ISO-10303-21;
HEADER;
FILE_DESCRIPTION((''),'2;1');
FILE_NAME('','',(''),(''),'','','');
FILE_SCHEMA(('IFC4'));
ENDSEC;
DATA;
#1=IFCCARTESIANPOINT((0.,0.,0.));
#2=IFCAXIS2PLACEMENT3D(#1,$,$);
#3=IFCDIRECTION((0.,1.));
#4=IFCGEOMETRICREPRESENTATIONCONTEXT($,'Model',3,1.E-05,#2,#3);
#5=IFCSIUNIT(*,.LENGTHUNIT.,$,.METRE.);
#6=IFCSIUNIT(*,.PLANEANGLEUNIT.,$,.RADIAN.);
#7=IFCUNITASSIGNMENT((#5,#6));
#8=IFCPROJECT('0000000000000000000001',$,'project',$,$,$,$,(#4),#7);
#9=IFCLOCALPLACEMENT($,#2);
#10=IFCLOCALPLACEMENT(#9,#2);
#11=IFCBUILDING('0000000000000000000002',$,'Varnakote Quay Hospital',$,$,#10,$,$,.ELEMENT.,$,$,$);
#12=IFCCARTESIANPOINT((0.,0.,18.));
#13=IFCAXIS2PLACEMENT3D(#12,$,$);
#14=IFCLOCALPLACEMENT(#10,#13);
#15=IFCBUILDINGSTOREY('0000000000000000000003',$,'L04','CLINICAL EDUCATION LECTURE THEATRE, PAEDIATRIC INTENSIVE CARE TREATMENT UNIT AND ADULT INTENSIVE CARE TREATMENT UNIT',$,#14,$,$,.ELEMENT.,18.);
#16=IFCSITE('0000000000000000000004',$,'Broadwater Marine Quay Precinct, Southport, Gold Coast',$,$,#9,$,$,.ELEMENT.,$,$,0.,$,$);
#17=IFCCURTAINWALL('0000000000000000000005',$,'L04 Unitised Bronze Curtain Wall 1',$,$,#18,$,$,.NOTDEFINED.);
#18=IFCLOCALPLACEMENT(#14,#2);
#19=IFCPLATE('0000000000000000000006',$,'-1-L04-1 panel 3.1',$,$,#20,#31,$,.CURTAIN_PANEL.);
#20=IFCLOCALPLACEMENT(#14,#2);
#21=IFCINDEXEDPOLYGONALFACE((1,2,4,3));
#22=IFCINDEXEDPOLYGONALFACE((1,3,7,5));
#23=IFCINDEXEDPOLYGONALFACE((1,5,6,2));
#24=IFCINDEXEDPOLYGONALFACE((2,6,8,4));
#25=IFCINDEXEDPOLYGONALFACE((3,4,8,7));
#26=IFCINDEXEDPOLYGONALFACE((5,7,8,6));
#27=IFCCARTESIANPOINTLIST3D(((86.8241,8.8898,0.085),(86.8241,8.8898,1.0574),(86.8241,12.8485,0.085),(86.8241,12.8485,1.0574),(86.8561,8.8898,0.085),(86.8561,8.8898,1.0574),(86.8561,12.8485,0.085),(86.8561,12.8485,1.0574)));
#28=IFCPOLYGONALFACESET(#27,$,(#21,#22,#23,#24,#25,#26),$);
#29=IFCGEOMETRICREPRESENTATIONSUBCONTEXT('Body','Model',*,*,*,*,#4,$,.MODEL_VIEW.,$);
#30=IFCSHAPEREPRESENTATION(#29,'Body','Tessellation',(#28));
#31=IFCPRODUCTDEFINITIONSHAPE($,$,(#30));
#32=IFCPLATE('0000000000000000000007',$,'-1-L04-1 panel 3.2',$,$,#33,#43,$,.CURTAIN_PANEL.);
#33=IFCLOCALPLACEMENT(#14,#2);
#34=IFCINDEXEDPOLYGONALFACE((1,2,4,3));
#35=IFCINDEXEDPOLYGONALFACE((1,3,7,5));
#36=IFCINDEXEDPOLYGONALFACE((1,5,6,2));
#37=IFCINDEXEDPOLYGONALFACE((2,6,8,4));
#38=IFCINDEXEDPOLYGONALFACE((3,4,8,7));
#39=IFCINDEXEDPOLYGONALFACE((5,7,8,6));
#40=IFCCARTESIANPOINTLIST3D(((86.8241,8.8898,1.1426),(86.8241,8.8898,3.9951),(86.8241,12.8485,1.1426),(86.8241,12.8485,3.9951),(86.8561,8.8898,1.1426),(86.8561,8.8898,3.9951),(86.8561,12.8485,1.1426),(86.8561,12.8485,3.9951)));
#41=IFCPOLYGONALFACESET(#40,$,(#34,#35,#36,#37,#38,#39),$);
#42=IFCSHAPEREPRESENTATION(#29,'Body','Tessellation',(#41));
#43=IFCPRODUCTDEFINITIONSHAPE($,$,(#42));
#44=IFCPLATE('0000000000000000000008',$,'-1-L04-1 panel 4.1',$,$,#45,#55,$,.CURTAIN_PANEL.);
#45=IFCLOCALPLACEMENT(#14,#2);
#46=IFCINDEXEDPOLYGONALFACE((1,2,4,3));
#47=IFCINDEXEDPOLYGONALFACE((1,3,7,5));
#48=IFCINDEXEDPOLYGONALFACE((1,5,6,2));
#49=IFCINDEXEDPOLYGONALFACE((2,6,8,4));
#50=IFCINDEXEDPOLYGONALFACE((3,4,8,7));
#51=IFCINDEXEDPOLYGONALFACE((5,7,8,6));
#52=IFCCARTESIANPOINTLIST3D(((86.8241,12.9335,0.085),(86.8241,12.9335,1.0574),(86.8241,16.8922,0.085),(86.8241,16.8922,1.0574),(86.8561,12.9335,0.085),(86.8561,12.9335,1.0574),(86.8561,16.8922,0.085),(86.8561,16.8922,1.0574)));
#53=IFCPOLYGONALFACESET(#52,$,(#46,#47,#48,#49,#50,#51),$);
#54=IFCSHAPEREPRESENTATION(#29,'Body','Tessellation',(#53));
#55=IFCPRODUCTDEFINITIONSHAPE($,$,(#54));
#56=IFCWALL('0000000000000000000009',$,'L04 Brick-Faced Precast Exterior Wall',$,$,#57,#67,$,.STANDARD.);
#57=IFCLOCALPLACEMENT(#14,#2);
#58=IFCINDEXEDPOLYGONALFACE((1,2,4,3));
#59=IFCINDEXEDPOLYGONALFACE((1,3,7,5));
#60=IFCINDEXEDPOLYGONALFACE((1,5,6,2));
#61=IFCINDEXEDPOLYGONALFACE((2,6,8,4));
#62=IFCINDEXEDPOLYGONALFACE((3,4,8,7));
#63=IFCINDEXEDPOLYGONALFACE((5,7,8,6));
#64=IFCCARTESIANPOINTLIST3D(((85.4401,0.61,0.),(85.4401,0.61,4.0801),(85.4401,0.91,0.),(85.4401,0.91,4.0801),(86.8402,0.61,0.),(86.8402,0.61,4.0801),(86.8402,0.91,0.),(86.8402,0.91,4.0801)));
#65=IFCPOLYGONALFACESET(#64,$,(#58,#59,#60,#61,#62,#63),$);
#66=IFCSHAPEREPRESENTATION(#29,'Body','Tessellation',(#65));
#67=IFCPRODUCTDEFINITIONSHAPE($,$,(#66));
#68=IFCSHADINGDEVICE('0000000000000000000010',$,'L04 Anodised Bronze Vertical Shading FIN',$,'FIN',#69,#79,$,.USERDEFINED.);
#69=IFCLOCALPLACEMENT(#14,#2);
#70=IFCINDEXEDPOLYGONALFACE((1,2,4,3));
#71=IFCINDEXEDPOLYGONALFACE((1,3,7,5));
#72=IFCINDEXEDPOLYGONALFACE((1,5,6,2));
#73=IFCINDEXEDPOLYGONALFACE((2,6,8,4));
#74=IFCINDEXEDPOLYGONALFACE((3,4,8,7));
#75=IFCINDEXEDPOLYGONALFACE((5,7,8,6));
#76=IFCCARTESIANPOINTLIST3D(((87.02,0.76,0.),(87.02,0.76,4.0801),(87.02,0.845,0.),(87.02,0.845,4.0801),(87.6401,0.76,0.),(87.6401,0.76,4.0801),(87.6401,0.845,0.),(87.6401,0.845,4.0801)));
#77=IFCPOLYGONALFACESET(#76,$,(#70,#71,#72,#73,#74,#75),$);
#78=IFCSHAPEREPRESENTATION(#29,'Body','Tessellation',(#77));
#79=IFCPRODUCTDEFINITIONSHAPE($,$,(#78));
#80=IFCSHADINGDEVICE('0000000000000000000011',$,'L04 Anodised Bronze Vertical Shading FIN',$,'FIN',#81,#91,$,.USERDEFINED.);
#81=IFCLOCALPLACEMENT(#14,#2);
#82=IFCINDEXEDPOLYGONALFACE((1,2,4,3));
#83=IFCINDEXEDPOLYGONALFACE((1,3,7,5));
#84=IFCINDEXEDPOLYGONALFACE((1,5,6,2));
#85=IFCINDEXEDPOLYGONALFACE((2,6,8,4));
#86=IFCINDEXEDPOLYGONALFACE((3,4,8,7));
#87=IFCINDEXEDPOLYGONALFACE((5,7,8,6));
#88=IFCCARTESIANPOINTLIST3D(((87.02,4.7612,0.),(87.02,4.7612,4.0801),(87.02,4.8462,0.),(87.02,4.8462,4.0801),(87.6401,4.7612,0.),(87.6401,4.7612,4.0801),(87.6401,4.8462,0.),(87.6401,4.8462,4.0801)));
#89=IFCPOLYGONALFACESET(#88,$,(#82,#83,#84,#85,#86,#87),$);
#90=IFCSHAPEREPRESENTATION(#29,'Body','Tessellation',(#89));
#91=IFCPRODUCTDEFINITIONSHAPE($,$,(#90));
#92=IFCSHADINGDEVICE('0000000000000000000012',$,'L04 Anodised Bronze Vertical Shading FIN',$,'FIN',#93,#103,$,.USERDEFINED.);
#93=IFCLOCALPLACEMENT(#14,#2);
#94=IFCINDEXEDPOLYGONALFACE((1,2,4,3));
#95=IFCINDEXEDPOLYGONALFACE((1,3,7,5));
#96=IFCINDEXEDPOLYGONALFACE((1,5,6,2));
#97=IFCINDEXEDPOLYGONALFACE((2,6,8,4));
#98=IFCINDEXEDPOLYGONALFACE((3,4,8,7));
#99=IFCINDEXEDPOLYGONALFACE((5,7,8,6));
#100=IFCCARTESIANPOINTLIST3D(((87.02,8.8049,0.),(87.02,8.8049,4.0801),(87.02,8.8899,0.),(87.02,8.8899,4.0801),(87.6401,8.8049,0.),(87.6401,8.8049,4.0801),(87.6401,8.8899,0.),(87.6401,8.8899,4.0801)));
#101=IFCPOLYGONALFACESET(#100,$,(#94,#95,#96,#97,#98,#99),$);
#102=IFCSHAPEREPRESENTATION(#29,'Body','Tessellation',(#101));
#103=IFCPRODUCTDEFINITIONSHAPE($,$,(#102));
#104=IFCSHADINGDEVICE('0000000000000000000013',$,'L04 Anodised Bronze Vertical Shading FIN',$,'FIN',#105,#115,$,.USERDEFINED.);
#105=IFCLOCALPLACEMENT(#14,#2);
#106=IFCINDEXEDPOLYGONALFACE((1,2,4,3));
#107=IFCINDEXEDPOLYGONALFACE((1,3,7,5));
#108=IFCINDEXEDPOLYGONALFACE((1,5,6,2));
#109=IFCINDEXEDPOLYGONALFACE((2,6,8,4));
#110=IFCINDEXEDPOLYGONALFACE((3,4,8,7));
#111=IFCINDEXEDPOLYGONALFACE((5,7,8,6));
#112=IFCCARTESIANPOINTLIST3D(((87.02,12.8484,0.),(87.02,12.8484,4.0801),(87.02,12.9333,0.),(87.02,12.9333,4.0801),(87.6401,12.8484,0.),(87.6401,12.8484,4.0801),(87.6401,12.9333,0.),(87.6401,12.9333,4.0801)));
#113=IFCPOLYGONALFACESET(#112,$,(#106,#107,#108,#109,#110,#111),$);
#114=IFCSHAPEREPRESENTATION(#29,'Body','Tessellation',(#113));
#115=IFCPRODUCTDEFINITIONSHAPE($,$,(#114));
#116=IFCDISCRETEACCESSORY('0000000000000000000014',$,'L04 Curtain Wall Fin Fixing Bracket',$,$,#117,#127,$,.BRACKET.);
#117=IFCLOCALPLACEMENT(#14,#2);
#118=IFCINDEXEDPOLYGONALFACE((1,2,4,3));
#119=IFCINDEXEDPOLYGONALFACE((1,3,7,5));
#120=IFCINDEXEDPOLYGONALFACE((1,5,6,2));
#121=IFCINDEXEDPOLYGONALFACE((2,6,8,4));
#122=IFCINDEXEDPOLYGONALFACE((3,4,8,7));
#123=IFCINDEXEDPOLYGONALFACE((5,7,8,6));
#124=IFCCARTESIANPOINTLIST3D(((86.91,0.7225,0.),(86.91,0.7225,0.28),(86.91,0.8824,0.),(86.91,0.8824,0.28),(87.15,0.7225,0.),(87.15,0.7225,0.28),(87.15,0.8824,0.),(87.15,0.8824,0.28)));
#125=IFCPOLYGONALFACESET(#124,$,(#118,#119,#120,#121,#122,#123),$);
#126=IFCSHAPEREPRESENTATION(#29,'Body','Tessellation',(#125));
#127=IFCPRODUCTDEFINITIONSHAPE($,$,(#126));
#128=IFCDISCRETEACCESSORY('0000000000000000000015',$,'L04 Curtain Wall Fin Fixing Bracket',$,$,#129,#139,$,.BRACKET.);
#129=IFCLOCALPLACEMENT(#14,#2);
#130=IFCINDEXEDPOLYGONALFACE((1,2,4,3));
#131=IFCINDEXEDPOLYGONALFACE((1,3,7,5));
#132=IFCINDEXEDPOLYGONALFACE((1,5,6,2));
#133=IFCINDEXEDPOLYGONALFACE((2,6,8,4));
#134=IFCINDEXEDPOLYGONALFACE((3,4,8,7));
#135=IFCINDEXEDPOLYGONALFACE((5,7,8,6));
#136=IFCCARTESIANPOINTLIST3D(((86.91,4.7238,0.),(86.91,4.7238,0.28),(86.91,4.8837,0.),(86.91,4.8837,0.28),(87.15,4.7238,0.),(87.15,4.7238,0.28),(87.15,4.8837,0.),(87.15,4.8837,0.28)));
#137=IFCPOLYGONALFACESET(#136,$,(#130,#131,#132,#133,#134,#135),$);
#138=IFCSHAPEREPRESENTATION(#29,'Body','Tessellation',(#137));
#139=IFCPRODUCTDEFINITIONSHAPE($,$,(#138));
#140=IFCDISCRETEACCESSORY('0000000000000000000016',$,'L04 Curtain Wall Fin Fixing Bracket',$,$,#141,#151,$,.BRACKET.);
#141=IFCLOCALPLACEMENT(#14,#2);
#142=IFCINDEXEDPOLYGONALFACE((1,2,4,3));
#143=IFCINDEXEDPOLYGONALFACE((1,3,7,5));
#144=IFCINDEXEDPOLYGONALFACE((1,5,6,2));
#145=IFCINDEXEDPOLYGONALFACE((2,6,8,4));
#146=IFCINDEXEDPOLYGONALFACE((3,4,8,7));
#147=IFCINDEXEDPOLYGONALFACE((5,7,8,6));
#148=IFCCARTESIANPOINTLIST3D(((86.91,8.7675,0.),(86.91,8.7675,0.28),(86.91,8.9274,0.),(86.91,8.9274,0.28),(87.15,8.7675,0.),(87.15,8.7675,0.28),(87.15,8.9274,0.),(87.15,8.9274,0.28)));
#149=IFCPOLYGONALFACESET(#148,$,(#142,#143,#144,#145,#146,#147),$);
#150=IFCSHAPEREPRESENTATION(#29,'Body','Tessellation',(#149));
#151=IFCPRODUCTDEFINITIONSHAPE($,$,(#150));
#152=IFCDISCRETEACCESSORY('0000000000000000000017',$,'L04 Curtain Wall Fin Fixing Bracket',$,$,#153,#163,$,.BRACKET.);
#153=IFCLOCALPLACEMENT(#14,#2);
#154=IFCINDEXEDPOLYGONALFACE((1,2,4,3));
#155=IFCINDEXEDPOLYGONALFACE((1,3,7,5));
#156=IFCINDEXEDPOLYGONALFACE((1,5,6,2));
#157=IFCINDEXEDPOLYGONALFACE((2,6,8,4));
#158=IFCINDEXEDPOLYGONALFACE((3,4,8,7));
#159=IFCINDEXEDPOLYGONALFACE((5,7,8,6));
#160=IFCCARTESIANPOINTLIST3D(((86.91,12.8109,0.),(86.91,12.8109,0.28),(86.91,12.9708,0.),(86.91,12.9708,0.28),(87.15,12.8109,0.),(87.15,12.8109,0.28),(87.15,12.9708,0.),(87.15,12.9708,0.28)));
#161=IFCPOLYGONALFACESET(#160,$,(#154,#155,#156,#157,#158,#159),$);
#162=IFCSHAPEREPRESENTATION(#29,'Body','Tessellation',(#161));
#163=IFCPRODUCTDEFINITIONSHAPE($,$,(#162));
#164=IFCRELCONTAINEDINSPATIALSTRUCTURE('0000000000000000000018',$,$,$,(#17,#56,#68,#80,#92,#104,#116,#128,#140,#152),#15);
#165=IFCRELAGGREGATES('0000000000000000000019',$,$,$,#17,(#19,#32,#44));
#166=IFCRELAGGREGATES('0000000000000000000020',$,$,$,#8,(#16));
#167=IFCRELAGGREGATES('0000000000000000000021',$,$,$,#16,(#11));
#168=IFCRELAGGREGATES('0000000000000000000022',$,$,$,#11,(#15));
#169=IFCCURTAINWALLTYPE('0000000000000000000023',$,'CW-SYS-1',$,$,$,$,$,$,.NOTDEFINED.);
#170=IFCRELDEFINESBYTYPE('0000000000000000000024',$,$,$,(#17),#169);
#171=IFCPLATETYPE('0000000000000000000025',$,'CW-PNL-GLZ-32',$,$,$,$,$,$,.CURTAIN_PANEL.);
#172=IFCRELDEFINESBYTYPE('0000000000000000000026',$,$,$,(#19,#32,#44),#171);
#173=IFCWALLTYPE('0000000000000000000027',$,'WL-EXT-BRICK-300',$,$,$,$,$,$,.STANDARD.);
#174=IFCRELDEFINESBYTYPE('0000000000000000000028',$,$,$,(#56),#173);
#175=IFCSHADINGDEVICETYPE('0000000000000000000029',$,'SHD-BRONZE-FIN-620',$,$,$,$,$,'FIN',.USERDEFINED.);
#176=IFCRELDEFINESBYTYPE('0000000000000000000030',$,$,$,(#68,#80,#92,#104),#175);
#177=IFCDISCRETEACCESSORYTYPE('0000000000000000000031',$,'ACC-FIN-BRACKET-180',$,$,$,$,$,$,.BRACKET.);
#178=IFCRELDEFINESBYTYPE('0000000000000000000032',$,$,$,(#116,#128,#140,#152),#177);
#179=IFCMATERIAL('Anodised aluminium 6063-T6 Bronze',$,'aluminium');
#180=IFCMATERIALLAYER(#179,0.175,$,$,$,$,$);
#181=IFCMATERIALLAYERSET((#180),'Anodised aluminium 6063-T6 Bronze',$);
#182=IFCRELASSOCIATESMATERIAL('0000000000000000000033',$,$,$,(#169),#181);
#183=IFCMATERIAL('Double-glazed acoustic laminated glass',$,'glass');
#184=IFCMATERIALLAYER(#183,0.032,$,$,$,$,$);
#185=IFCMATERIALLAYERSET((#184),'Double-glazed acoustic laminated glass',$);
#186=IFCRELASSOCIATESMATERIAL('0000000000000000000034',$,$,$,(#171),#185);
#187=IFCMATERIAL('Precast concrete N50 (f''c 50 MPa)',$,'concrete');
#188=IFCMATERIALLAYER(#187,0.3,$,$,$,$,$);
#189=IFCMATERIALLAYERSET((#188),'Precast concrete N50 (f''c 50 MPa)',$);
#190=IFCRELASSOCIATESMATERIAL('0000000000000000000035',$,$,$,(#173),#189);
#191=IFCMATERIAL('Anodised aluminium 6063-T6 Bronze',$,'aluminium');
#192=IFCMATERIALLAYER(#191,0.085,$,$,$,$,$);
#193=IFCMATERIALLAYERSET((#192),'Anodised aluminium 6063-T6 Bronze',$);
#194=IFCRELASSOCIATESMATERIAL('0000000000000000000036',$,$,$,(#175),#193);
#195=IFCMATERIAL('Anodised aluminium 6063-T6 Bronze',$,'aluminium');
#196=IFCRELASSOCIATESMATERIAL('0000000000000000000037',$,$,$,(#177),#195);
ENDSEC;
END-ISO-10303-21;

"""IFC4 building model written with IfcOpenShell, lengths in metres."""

from ifc_helpers import new_model, si_unit, direction, frame, frame_2d, origin, origin_2d, place, context, subcontext, project, spatial, rectangle, extrude, material, layer, layer_set, type_object, element, aggregate, save


model = new_model("IFC4")

# Units and contexts
model_context = context("Model", 3, precision=1e-05, world=origin(), true_north=direction((0.0, 1.0)))
body_context = subcontext(model_context, "Body", "Model", "MODEL_VIEW")
ifc_project = project(units=[si_unit("LENGTHUNIT", "METRE"), si_unit("PLANEANGLEUNIT", "RADIAN")], contexts=[model_context])

# Site, building, storey
site_placement = place(None, origin())
site = spatial("IfcSite", under=ifc_project, at=site_placement, Name="Broadwater Marine Quay Precinct, Southport, Gold Coast", CompositionType="ELEMENT", RefElevation=0.0)
building_placement = place(site_placement, origin())
building = spatial("IfcBuilding", under=site, at=building_placement, Name="Varnakote Quay Hospital", CompositionType="ELEMENT")
storey_placement = place(building_placement, frame((0.0, 0.0, 18.0)))
storey = spatial("IfcBuildingStorey", under=building, at=storey_placement, Name="L04", Description="CLINICAL EDUCATION LECTURE THEATRE, PAEDIATRIC INTENSIVE CARE TREATMENT UNIT AND ADULT INTENSIVE CARE TREATMENT UNIT", CompositionType="ELEMENT", Elevation=18.0)

# Curtain wall, plates
ifc_material_1 = material(Name="Anodised aluminium 6063-T6 Bronze", Category="aluminium")
ifc_layer_1 = layer(ifc_material_1, 0.175)
ifc_layer_set_1 = layer_set([ifc_layer_1], Name="Anodised aluminium 6063-T6 Bronze")
curtain_wall_type = type_object("IfcCurtainWallType", Name="CW-SYS-1", PredefinedType="NOTDEFINED", material=ifc_layer_set_1)
curtain_wall_placement = place(storey_placement, origin())
curtain_wall = element("IfcCurtainWall", 1, at=curtain_wall_placement, inside=storey, type_object=curtain_wall_type, Name="L04 Unitised Bronze Curtain Wall 1", PredefinedType="NOTDEFINED")
ifc_material_2 = material(Name="Double-glazed acoustic laminated glass", Category="glass")
ifc_layer_2 = layer(ifc_material_2, 0.032)
ifc_layer_set_2 = layer_set([ifc_layer_2], Name="Double-glazed acoustic laminated glass")
plate_type = type_object("IfcPlateType", Name="CW-PNL-GLZ-32", PredefinedType="CURTAIN_PANEL", material=ifc_layer_set_2)
plate_1_placement = place(storey_placement, frame((86.8401, 10.8691, 0.085), z_axis=(0.0, 0.0, 1.0), x_axis=(0.0, 1.0, 0.0)))
plate_1 = element("IfcPlate", 2, at=plate_1_placement, type_object=plate_type, Name="-1-L04-1 panel 3.1", PredefinedType="CURTAIN_PANEL", context=body_context, shape_type="SweptSolid", body=[
    extrude(rectangle(XDim=3.9587, YDim=0.032, at=origin_2d()), origin(), (0.0, 0.0, 1.0), 0.9724),
])
plate_2_placement = place(storey_placement, frame((86.8401, 10.8691, 1.1426), z_axis=(0.0, 0.0, 1.0), x_axis=(0.0, 1.0, 0.0)))
plate_2 = element("IfcPlate", 3, at=plate_2_placement, type_object=plate_type, Name="-1-L04-1 panel 3.2", PredefinedType="CURTAIN_PANEL", context=body_context, shape_type="SweptSolid", body=[
    extrude(rectangle(XDim=3.9587, YDim=0.032, at=origin_2d()), origin(), (0.0, 0.0, 1.0), 2.8525),
])
plate_3_placement = place(storey_placement, frame((86.8401, 14.9128, 0.085), z_axis=(0.0, 0.0, 1.0), x_axis=(0.0, 1.0, 0.0)))
plate_3 = element("IfcPlate", 4, at=plate_3_placement, type_object=plate_type, Name="-1-L04-1 panel 4.1", PredefinedType="CURTAIN_PANEL", context=body_context, shape_type="SweptSolid", body=[
    extrude(rectangle(XDim=3.9587, YDim=0.032, at=origin_2d()), origin(), (0.0, 0.0, 1.0), 0.9724),
])
aggregate(curtain_wall, [plate_1, plate_2, plate_3])

# Wall
ifc_material_3 = material(Name="Precast concrete N50 (f'c 50 MPa)", Category="concrete")
ifc_layer_3 = layer(ifc_material_3, 0.3)
ifc_layer_set_3 = layer_set([ifc_layer_3], Name="Precast concrete N50 (f'c 50 MPa)")
wall_type = type_object("IfcWallType", Name="WL-EXT-BRICK-300", PredefinedType="STANDARD", material=ifc_layer_set_3)
wall_placement = place(storey_placement, frame((85.4399, 0.76, 0.0), z_axis=(0.0, 0.0, 1.0), x_axis=(1.0, 0.0, 0.0)))
element("IfcWall", 5, at=wall_placement, inside=storey, type_object=wall_type, Name="L04 Brick-Faced Precast Exterior Wall", PredefinedType="STANDARD", context=body_context, shape_type="SweptSolid", body=[
    extrude(rectangle(XDim=1.4001, YDim=0.3, at=frame_2d((0.7002, 0.0))), origin(), (0.0, 0.0, 1.0), 4.0801),
])

# Shading devices
ifc_material_4 = material(Name="Anodised aluminium 6063-T6 Bronze", Category="aluminium")
ifc_layer_4 = layer(ifc_material_4, 0.085)
ifc_layer_set_4 = layer_set([ifc_layer_4], Name="Anodised aluminium 6063-T6 Bronze")
shading_device_type = type_object("IfcShadingDeviceType", Name="SHD-BRONZE-FIN-620", ElementType="FIN", PredefinedType="USERDEFINED", material=ifc_layer_set_4)
for number, where, z_axis, x_axis, name in (
    (6, (87.3301, 0.8025, 0.0), (0.0, 0.0, 1.0), (-1.0, 0.0, 0.0), "L04 Anodised Bronze Vertical Shading FIN"),
    (7, (87.3301, 4.8037, 0.0), (0.0, 0.0, 1.0), (-1.0, 0.0, 0.0), "L04 Anodised Bronze Vertical Shading FIN"),
    (8, (87.3301, 8.8474, 0.0), (0.0, 0.0, 1.0), (-1.0, 0.0, 0.0), "L04 Anodised Bronze Vertical Shading FIN"),
    (9, (87.3301, 12.8909, 0.0), (0.0, 0.0, 1.0), (-1.0, 0.0, 0.0), "L04 Anodised Bronze Vertical Shading FIN"),
):
    element("IfcShadingDevice", number, at=place(storey_placement, frame(where, z_axis=z_axis, x_axis=x_axis)), inside=storey, type_object=shading_device_type, Name=name, ObjectType="FIN", PredefinedType="USERDEFINED", context=body_context, shape_type="SweptSolid", body=[
        extrude(rectangle(XDim=0.6201, YDim=0.085, at=origin_2d()), origin(), (0.0, 0.0, 1.0), 4.0801),
    ])

# Discrete accessories
ifc_material_5 = material(Name="Anodised aluminium 6063-T6 Bronze", Category="aluminium")
discrete_accessory_type = type_object("IfcDiscreteAccessoryType", Name="ACC-FIN-BRACKET-180", PredefinedType="BRACKET", material=ifc_material_5)
for number, where, z_axis, x_axis, name in (
    (10, (87.03, 0.8025, 0.0), (0.0, 0.0, 1.0), (0.0, 1.0, 0.0), "L04 Curtain Wall Fin Fixing Bracket"),
    (11, (87.03, 4.8037, 0.0), (0.0, 0.0, 1.0), (0.0, 1.0, 0.0), "L04 Curtain Wall Fin Fixing Bracket"),
    (12, (87.03, 8.8474, 0.0), (0.0, 0.0, 1.0), (0.0, 1.0, 0.0), "L04 Curtain Wall Fin Fixing Bracket"),
    (13, (87.03, 12.8909, 0.0), (0.0, 0.0, 1.0), (0.0, 1.0, 0.0), "L04 Curtain Wall Fin Fixing Bracket"),
):
    element("IfcDiscreteAccessory", number, at=place(storey_placement, frame(where, z_axis=z_axis, x_axis=x_axis)), inside=storey, type_object=discrete_accessory_type, Name=name, PredefinedType="BRACKET", context=body_context, shape_type="SweptSolid", body=[
        extrude(rectangle(XDim=0.1599, YDim=0.24, at=origin_2d()), origin(), (0.0, 0.0, 1.0), 0.28),
    ])

save(model, "model.ifc")
